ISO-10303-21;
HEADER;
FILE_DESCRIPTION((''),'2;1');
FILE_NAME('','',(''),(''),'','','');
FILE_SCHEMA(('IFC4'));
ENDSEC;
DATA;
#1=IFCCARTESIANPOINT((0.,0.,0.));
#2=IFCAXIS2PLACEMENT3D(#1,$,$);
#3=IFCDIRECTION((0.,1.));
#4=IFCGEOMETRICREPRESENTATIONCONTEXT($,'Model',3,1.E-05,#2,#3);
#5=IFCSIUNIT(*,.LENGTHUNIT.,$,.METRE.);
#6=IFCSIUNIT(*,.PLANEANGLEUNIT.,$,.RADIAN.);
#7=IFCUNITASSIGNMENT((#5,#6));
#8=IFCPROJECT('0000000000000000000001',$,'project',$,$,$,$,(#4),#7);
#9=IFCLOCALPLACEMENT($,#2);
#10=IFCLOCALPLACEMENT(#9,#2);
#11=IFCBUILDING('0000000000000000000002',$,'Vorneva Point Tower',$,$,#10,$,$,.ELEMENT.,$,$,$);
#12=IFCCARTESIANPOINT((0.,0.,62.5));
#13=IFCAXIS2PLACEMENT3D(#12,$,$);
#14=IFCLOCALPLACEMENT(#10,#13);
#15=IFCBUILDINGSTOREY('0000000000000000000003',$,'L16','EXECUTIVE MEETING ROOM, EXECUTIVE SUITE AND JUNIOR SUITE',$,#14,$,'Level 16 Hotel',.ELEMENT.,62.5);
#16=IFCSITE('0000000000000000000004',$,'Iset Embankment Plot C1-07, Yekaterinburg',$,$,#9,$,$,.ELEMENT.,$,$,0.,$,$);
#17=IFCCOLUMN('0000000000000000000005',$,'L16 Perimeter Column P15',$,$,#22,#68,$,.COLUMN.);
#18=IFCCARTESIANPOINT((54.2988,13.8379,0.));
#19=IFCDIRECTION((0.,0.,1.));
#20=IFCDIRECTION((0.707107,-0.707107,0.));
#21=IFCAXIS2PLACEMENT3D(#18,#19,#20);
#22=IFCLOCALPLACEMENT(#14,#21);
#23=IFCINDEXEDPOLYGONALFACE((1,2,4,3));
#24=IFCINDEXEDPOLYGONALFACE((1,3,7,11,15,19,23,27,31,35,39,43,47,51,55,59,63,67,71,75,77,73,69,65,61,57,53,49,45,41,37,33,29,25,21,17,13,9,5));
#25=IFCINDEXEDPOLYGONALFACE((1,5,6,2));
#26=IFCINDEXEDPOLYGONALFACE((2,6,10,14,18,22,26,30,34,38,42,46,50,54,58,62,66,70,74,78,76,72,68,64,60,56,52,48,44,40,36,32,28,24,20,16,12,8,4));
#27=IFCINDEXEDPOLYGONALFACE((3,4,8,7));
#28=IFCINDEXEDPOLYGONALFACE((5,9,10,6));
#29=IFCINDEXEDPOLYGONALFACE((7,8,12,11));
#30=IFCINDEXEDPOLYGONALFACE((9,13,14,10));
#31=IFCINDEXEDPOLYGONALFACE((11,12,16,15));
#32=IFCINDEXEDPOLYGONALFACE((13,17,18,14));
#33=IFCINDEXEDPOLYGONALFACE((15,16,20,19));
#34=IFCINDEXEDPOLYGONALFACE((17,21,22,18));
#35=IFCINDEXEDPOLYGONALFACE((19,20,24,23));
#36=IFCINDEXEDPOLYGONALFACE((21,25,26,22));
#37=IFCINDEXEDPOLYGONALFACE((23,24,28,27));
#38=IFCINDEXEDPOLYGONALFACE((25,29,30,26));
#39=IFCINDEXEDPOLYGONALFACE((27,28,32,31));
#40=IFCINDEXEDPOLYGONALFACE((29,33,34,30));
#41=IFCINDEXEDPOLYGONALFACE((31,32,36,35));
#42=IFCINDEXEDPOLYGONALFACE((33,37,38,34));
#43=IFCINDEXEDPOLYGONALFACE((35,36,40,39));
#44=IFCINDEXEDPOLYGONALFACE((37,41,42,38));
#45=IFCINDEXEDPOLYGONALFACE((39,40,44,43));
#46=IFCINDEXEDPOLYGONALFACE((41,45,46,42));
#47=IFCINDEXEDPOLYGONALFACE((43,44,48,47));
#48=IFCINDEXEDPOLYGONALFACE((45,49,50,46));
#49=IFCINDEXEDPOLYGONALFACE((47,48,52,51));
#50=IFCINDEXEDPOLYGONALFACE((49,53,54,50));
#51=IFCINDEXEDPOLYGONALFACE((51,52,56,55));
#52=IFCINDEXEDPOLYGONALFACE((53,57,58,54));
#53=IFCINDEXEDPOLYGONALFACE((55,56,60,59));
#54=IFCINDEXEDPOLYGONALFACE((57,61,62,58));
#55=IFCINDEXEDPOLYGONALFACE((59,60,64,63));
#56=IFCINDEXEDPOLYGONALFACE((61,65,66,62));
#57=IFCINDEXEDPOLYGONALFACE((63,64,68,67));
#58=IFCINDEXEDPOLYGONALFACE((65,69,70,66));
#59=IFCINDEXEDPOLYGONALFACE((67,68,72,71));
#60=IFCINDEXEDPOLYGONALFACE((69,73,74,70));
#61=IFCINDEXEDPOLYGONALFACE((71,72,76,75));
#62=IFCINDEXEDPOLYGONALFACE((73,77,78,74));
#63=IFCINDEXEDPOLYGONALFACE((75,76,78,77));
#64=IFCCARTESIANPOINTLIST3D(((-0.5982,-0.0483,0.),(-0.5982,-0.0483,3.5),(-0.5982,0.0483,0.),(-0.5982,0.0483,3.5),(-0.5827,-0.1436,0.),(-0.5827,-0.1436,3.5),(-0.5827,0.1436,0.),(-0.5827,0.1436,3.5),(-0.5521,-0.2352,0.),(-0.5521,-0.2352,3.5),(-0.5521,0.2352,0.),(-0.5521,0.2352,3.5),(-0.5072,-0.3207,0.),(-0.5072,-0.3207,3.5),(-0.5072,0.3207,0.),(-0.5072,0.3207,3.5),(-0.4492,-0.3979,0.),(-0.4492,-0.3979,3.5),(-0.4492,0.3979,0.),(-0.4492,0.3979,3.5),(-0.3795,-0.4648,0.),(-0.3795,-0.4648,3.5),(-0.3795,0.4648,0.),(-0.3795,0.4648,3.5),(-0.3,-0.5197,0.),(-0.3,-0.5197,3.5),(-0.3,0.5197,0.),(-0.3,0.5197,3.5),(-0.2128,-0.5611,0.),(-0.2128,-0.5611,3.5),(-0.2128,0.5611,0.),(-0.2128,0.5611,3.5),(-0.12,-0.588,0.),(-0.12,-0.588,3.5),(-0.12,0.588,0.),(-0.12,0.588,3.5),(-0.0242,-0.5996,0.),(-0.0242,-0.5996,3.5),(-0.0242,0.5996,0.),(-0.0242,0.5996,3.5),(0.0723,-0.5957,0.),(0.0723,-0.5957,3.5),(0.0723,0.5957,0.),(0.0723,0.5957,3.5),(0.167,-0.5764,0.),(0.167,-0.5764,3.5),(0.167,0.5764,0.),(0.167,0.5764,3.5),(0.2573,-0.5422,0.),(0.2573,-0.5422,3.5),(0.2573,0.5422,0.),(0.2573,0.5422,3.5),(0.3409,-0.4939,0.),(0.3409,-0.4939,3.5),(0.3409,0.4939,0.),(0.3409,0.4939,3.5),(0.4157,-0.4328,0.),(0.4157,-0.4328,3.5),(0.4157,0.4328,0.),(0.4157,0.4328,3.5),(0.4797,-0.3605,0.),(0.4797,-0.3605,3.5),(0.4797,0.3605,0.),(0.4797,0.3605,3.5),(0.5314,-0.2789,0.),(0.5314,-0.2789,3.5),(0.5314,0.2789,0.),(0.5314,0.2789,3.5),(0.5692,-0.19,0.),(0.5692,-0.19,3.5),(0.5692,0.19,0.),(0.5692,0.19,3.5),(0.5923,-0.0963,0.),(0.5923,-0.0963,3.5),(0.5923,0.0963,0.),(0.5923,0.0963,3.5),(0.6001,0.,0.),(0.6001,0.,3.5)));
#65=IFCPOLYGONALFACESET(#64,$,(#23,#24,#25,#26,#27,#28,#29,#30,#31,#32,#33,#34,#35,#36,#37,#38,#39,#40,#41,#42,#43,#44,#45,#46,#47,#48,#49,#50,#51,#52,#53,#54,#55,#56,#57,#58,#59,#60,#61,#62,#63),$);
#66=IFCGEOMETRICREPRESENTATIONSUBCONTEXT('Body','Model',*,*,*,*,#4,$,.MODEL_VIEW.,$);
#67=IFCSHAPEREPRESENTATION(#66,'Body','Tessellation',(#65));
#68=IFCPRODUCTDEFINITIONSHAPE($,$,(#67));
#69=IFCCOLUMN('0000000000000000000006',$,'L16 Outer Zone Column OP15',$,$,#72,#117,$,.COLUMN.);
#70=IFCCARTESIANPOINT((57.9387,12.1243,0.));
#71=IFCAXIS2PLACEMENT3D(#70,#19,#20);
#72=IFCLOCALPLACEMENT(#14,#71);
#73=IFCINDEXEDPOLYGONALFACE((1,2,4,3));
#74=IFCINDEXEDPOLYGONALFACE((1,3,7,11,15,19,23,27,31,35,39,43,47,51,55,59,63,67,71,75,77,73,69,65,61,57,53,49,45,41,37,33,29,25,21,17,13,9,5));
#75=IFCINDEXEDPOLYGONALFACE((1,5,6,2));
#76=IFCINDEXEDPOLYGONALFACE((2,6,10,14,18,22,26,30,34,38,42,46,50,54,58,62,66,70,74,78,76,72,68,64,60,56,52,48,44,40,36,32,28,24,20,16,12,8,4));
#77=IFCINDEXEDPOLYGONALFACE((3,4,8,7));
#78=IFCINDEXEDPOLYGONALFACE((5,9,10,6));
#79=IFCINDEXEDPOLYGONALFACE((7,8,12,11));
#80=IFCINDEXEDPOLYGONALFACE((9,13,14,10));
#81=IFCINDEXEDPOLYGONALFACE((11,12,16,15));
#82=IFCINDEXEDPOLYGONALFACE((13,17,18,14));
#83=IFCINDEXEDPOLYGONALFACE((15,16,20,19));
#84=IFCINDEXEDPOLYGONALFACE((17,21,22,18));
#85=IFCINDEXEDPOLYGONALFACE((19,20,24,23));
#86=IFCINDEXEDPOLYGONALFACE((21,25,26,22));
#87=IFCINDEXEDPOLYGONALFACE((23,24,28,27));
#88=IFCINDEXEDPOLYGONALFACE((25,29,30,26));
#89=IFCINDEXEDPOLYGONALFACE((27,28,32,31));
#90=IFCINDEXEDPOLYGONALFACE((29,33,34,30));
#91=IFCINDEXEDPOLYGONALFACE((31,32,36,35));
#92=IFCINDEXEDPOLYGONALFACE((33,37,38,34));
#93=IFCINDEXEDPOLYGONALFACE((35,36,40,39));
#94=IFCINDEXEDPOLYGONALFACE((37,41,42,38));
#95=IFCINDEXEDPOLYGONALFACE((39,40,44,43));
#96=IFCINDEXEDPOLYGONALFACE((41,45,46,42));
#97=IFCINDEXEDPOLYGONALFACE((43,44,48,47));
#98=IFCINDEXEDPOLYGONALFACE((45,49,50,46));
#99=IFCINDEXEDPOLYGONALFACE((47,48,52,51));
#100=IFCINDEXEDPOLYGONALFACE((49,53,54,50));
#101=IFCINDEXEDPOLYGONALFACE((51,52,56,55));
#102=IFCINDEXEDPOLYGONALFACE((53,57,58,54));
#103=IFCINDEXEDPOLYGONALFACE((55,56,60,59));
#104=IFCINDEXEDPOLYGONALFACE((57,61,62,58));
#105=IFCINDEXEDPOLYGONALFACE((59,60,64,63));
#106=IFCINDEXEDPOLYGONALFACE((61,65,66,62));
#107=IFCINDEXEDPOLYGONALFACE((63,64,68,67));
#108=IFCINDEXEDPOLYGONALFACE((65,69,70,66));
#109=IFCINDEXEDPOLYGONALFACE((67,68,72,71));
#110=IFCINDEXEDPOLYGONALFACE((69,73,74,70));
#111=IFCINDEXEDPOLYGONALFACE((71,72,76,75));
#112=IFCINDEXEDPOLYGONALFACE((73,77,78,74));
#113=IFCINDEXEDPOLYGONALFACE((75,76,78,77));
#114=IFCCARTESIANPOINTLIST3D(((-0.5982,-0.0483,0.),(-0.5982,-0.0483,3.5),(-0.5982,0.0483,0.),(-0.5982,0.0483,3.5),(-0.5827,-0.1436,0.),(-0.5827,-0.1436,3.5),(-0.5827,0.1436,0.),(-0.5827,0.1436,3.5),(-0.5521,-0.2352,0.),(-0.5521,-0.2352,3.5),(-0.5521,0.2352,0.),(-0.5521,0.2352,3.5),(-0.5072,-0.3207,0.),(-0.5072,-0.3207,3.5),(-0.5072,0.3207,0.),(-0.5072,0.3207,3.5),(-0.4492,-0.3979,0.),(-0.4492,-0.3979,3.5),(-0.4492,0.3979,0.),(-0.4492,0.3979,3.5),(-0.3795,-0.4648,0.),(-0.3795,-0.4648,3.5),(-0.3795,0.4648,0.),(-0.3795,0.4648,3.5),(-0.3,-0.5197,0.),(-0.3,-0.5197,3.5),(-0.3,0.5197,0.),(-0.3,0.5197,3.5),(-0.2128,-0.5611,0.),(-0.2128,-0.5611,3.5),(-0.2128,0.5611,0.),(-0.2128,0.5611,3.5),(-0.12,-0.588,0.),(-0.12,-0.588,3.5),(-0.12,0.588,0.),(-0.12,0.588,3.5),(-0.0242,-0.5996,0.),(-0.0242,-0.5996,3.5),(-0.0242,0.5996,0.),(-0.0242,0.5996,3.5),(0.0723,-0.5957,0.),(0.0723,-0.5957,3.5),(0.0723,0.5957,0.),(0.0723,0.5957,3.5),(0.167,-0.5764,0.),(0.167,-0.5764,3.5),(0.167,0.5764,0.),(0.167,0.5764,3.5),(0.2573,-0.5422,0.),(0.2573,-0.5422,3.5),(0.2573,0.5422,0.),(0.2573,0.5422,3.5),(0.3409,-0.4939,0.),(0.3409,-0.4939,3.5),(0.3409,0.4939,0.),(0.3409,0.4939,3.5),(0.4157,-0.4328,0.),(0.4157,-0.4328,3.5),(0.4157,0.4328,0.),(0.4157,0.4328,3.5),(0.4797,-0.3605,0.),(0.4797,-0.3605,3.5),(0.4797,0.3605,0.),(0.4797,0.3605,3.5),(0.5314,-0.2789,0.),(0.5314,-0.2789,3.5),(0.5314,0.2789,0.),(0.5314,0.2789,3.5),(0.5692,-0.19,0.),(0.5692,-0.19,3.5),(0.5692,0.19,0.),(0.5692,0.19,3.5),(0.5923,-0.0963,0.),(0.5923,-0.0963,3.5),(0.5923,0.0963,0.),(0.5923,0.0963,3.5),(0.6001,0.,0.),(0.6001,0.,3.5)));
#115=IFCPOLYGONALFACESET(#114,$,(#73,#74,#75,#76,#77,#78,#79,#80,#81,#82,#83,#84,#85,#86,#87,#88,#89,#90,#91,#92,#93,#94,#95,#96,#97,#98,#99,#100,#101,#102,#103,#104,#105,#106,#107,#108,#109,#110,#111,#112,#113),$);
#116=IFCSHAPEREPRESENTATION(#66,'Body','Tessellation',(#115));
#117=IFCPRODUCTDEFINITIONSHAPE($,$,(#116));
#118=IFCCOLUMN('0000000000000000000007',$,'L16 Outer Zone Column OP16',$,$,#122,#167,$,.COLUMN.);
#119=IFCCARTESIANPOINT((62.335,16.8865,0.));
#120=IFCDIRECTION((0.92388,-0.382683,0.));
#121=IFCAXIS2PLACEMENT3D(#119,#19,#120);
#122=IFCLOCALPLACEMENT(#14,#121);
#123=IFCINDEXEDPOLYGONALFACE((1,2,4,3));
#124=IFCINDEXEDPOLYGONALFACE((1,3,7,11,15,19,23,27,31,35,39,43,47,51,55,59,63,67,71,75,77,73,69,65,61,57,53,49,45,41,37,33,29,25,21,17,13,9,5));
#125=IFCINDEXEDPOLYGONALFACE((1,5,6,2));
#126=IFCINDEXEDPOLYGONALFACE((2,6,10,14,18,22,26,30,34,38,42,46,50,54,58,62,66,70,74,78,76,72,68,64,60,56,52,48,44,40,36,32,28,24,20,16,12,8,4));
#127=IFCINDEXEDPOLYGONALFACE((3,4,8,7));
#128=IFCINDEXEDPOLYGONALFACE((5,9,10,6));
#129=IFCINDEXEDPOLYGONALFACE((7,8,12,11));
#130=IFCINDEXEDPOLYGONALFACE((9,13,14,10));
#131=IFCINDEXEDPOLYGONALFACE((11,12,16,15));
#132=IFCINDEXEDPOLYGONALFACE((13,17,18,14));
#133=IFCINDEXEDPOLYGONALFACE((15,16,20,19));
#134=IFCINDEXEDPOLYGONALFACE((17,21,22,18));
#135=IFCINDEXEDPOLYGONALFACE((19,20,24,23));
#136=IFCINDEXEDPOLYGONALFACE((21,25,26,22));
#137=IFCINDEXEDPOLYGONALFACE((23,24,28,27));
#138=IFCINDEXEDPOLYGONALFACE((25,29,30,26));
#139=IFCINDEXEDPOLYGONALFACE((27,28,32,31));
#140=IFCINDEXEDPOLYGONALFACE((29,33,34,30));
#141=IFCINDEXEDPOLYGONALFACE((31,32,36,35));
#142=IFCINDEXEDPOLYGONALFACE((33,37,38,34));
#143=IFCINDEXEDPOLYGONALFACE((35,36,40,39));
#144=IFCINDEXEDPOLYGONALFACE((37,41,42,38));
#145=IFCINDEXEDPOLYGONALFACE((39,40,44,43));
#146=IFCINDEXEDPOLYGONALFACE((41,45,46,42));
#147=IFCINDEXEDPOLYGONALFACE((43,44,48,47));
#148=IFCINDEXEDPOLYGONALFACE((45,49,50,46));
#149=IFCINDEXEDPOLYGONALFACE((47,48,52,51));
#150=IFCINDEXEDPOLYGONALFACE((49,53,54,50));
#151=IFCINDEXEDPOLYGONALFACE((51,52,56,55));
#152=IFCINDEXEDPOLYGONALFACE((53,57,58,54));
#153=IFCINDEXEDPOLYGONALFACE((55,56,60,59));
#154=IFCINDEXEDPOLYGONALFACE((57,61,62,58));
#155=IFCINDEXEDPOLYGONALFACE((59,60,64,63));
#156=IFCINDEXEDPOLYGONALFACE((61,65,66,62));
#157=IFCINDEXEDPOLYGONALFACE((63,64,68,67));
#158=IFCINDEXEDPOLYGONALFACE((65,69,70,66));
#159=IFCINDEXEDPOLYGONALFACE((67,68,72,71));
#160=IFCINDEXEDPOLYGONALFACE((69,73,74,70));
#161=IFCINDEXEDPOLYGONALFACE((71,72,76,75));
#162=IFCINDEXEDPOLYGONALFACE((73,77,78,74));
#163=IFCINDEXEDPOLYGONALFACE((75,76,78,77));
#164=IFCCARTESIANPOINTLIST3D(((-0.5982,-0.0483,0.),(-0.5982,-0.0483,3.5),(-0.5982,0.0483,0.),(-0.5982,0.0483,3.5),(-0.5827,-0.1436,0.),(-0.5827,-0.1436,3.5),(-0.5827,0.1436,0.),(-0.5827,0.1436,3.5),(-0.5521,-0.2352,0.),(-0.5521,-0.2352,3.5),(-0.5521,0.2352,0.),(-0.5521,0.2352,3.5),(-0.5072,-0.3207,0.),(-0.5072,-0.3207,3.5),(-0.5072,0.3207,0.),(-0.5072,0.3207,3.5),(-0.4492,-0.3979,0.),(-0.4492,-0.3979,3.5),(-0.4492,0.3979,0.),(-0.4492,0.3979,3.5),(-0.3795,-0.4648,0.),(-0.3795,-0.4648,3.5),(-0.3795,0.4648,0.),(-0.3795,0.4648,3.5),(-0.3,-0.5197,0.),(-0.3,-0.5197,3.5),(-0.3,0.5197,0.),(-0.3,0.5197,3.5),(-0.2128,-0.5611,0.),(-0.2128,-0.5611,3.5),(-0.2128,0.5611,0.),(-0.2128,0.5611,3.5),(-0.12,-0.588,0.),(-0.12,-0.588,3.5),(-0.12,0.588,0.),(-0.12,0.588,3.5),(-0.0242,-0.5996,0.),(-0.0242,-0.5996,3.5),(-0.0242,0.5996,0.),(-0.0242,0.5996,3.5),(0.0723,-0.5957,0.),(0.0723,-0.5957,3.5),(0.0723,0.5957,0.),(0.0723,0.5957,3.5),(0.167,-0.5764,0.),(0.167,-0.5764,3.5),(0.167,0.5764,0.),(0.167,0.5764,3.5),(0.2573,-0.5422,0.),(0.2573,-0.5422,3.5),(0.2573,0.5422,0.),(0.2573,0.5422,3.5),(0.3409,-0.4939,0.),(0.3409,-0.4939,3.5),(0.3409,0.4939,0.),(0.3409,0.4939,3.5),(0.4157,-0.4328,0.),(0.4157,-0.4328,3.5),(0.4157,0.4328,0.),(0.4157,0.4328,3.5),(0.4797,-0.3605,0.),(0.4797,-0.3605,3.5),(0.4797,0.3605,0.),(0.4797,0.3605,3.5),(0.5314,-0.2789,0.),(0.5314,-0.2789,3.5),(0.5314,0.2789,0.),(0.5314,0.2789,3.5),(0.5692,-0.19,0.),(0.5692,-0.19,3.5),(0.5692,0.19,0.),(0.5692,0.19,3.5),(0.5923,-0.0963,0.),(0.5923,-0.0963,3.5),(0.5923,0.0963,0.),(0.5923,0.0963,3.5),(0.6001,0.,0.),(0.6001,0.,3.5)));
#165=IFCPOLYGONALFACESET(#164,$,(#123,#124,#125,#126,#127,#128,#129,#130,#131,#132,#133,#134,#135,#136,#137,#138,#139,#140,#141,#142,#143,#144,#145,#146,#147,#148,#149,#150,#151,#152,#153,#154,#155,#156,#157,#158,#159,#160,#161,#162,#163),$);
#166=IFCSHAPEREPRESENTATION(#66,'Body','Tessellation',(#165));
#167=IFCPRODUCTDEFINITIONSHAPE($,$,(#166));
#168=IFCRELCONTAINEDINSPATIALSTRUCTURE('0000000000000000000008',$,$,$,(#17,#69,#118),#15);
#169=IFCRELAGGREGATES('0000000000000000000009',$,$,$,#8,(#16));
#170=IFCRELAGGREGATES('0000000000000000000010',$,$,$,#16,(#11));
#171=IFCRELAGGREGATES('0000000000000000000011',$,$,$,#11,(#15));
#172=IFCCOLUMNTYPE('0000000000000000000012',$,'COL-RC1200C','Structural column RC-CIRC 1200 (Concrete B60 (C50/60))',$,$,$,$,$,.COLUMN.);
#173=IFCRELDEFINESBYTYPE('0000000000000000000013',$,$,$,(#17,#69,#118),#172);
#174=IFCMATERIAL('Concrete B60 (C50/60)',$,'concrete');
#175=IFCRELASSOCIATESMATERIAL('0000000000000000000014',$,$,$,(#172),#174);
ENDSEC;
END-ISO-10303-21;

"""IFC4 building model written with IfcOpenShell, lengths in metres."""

from ifc_helpers import new_model, si_unit, direction, frame, origin, origin_2d, place, context, subcontext, project, spatial, circle, extrude, material, material_profile, profile_set, type_object, element, save


model = new_model("IFC4")

# Units and contexts
model_context = context("Model", 3, precision=1e-05, world=origin(), true_north=direction((0.0, 1.0)))
body_context = subcontext(model_context, "Body", "Model", "MODEL_VIEW")
ifc_project = project(units=[si_unit("LENGTHUNIT", "METRE"), si_unit("PLANEANGLEUNIT", "RADIAN")], contexts=[model_context])

# Site, building, storey
site_placement = place(None, origin())
site = spatial("IfcSite", under=ifc_project, at=site_placement, Name="Iset Embankment Plot C1-07, Yekaterinburg", CompositionType="ELEMENT", RefElevation=0.0)
building_placement = place(site_placement, origin())
building = spatial("IfcBuilding", under=site, at=building_placement, Name="Vorneva Point Tower", CompositionType="ELEMENT")
storey_placement = place(building_placement, frame((0.0, 0.0, 62.5)))
storey = spatial("IfcBuildingStorey", under=building, at=storey_placement, Name="L16", Description="EXECUTIVE MEETING ROOM, EXECUTIVE SUITE AND JUNIOR SUITE", LongName="Level 16 Hotel", CompositionType="ELEMENT", Elevation=62.5)

# Columns
ifc_material_1 = material(Name="Concrete B60 (C50/60)", Category="concrete")
ifc_material_profile_1 = material_profile(ifc_material_1, circle(Radius=0.6001, at=origin_2d()), Name="RC-CIRC 1200")
ifc_profile_set_1 = profile_set([ifc_material_profile_1], Name="Concrete B60 (C50/60)")
column_type_1 = type_object("IfcColumnType", Name="COL-RC1200C", Description="Structural column RC-CIRC 1200 (Concrete B60 (C50/60))", PredefinedType="COLUMN", material=ifc_profile_set_1)
for number, where, z_axis, x_axis, name in (
    (1, (54.2988, 13.8379, 0.0), (0.0, 0.0, 1.0), (0.707107, -0.707107, 0.0), "L16 Perimeter Column P15"),
    (2, (57.9387, 12.1243, 0.0), (0.0, 0.0, 1.0), (0.707107, -0.707107, 0.0), "L16 Outer Zone Column OP15"),
    (3, (62.335, 16.8865, 0.0), (0.0, 0.0, 1.0), (0.92388, -0.382683, 0.0), "L16 Outer Zone Column OP16"),
):
    element("IfcColumn", number, at=place(storey_placement, frame(where, z_axis=z_axis, x_axis=x_axis)), inside=storey, type_object=column_type_1, Name=name, PredefinedType="COLUMN", context=body_context, shape_type="SweptSolid", body=[
        extrude(circle(Radius=0.6001, at=origin_2d()), origin(), (0.0, 0.0, 1.0), 3.5),
    ])

save(model, "model.ifc")
